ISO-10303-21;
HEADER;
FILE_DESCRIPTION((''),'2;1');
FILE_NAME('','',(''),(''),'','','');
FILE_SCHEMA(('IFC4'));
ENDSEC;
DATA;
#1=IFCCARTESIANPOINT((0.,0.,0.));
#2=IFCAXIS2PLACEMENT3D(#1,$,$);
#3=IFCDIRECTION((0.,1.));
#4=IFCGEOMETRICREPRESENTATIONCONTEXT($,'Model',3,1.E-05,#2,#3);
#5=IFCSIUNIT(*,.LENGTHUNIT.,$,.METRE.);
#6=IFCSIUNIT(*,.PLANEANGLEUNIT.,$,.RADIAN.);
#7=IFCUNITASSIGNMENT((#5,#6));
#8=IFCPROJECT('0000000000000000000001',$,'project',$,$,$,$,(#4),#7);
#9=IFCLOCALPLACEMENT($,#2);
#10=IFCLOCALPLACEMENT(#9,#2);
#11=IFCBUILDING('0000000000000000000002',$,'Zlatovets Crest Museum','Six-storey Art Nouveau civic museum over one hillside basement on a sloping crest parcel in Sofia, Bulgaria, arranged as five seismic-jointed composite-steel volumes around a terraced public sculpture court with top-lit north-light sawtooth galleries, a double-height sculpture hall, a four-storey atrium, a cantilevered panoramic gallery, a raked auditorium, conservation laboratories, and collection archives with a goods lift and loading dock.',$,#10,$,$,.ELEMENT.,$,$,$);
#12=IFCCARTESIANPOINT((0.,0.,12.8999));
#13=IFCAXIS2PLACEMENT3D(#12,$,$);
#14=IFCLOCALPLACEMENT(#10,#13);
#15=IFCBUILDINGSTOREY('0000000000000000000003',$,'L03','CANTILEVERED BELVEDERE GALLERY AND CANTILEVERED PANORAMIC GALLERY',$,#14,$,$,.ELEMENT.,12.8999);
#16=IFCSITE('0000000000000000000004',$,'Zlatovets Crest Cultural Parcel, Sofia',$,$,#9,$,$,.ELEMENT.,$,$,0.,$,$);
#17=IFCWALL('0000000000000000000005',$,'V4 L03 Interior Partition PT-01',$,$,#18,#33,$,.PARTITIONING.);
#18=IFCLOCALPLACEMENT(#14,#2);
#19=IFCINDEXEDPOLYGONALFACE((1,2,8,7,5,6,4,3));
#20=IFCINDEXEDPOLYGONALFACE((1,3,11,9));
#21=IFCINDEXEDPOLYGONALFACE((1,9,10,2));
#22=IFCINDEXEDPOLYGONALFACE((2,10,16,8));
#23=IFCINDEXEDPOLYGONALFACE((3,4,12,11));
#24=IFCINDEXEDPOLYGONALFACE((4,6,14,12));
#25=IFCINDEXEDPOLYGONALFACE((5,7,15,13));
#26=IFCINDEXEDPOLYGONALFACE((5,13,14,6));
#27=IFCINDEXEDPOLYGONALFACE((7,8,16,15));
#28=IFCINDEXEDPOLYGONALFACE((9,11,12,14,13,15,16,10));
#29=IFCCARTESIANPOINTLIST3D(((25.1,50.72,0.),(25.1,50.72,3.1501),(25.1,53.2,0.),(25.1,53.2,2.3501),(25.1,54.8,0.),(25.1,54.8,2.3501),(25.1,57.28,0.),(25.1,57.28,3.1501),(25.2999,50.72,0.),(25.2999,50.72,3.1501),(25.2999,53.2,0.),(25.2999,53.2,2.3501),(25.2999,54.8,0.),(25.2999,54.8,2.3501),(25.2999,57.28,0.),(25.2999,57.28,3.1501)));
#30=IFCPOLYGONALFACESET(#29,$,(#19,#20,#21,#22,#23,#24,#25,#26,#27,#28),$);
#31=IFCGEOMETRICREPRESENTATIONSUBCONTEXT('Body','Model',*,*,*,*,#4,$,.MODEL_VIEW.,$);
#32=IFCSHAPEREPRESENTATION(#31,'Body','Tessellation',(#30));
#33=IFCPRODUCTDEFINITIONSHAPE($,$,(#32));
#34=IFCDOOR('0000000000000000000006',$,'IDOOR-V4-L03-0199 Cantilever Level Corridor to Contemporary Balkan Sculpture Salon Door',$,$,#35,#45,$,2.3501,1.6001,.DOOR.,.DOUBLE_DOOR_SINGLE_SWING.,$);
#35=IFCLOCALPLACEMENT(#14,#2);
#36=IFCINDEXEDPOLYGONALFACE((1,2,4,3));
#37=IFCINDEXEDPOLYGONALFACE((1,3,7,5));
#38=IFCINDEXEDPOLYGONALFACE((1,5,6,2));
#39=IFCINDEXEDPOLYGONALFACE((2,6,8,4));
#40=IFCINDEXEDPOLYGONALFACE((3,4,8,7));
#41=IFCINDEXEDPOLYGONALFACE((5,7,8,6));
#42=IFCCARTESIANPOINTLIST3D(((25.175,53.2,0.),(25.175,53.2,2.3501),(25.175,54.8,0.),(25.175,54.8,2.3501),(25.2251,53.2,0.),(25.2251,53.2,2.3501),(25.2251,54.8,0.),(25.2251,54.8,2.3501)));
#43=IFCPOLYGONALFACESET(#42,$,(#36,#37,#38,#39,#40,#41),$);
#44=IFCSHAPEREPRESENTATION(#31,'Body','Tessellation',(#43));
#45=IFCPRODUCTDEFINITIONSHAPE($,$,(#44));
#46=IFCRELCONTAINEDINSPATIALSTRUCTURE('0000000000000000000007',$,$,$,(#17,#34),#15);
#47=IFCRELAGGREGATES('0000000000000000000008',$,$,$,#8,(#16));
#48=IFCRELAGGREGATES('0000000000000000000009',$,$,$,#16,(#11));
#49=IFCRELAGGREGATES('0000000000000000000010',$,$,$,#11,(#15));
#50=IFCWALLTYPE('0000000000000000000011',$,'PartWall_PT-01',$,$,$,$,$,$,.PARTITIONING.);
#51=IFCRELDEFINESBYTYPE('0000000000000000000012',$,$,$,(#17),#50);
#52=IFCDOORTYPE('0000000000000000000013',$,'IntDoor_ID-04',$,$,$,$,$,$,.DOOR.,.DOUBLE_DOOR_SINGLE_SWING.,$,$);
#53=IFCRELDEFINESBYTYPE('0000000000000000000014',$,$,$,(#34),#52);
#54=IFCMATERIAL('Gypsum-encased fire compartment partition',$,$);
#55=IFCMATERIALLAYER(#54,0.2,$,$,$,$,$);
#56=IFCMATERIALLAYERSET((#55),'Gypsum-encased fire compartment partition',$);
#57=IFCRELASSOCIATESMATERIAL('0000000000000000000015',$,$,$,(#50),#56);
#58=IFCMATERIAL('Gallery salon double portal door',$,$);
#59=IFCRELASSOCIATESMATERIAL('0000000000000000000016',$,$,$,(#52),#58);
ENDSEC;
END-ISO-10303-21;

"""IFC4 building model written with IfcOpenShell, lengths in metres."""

from ifc_helpers import new_model, si_unit, direction, frame, frame_2d, origin, place, context, subcontext, project, spatial, rectangle, extrude, material, layer, layer_set, type_object, element, fill, save


model = new_model("IFC4")

# Units and contexts
model_context = context("Model", 3, precision=1e-05, world=origin(), true_north=direction((0.0, 1.0)))
body_context = subcontext(model_context, "Body", "Model", "MODEL_VIEW")
ifc_project = project(units=[si_unit("LENGTHUNIT", "METRE"), si_unit("PLANEANGLEUNIT", "RADIAN")], contexts=[model_context])

# Site, building, storey
site_placement = place(None, origin())
site = spatial("IfcSite", under=ifc_project, at=site_placement, Name="Zlatovets Crest Cultural Parcel, Sofia", CompositionType="ELEMENT", RefElevation=0.0)
building_placement = place(site_placement, origin())
building = spatial("IfcBuilding", under=site, at=building_placement, Name="Zlatovets Crest Museum", Description="Six-storey Art Nouveau civic museum over one hillside basement on a sloping crest parcel in Sofia, Bulgaria, arranged as five seismic-jointed composite-steel volumes around a terraced public sculpture court with top-lit north-light sawtooth galleries, a double-height sculpture hall, a four-storey atrium, a cantilevered panoramic gallery, a raked auditorium, conservation laboratories, and collection archives with a goods lift and loading dock.", CompositionType="ELEMENT")
storey_placement = place(building_placement, frame((0.0, 0.0, 12.8999)))
storey = spatial("IfcBuildingStorey", under=building, at=storey_placement, Name="L03", Description="CANTILEVERED BELVEDERE GALLERY AND CANTILEVERED PANORAMIC GALLERY", CompositionType="ELEMENT", Elevation=12.8999)

# Wall, opening, door
ifc_material_1 = material(Name="Gypsum-encased fire compartment partition")
ifc_layer_1 = layer(ifc_material_1, 0.2)
ifc_layer_set_1 = layer_set([ifc_layer_1], Name="Gypsum-encased fire compartment partition")
wall_type_1 = type_object("IfcWallType", Name="PartWall_PT-01", PredefinedType="PARTITIONING", material=ifc_layer_set_1)
ifc_material_2 = material(Name="Gallery salon double portal door")
door_type = type_object("IfcDoorType", Name="IntDoor_ID-04", OperationType="DOUBLE_DOOR_SINGLE_SWING", PredefinedType="DOOR", material=ifc_material_2)
wall_1_placement = place(storey_placement, frame((25.2, 50.72, 0.0), z_axis=(0.0, 0.0, 1.0), x_axis=(0.0, 1.0, 0.0)))
wall_1 = element("IfcWall", 1, at=wall_1_placement, inside=storey, type_object=wall_type_1, Name="V4 L03 Interior Partition PT-01", PredefinedType="PARTITIONING", context=body_context, shape_type="SweptSolid", body=[
    extrude(rectangle(XDim=6.5601, YDim=0.2, at=frame_2d((3.28, 0.0))), origin(), (0.0, 0.0, 1.0), 3.1501),
])
opening_1_placement = place(wall_1_placement, frame((2.48, 0.0, 0.0)))
opening_1 = element("IfcOpeningElement", 2, at=opening_1_placement, cuts=wall_1, PredefinedType="OPENING", context=body_context, shape_type="SweptSolid", body=[
    extrude(rectangle(XDim=1.6001, YDim=2.3501, at=frame_2d((0.8, 1.175))), frame((0.0, 0.1099, 0.0), z_axis=(0.0, -1.0, 0.0), x_axis=(1.0, 0.0, 0.0)), (0.0, 0.0, 1.0), 0.22),
])
door_1_placement = place(opening_1_placement, origin())
door_1 = element("IfcDoor", 3, at=door_1_placement, inside=storey, type_object=door_type, Name="IDOOR-V4-L03-0199 Cantilever Level Corridor to Contemporary Balkan Sculpture Salon Door", OperationType="DOUBLE_DOOR_SINGLE_SWING", OverallHeight=2.3501, OverallWidth=1.6001, PredefinedType="DOOR", context=body_context, shape_type="SweptSolid", body=[
    extrude(rectangle(XDim=1.6001, YDim=2.3501, at=frame_2d((0.8, 1.175))), frame((0.0, 0.0249, 0.0), z_axis=(0.0, -1.0, 0.0), x_axis=(1.0, 0.0, 0.0)), (0.0, 0.0, 1.0), 0.05),
])
fill(opening_1, door_1)

save(model, "model.ifc")
